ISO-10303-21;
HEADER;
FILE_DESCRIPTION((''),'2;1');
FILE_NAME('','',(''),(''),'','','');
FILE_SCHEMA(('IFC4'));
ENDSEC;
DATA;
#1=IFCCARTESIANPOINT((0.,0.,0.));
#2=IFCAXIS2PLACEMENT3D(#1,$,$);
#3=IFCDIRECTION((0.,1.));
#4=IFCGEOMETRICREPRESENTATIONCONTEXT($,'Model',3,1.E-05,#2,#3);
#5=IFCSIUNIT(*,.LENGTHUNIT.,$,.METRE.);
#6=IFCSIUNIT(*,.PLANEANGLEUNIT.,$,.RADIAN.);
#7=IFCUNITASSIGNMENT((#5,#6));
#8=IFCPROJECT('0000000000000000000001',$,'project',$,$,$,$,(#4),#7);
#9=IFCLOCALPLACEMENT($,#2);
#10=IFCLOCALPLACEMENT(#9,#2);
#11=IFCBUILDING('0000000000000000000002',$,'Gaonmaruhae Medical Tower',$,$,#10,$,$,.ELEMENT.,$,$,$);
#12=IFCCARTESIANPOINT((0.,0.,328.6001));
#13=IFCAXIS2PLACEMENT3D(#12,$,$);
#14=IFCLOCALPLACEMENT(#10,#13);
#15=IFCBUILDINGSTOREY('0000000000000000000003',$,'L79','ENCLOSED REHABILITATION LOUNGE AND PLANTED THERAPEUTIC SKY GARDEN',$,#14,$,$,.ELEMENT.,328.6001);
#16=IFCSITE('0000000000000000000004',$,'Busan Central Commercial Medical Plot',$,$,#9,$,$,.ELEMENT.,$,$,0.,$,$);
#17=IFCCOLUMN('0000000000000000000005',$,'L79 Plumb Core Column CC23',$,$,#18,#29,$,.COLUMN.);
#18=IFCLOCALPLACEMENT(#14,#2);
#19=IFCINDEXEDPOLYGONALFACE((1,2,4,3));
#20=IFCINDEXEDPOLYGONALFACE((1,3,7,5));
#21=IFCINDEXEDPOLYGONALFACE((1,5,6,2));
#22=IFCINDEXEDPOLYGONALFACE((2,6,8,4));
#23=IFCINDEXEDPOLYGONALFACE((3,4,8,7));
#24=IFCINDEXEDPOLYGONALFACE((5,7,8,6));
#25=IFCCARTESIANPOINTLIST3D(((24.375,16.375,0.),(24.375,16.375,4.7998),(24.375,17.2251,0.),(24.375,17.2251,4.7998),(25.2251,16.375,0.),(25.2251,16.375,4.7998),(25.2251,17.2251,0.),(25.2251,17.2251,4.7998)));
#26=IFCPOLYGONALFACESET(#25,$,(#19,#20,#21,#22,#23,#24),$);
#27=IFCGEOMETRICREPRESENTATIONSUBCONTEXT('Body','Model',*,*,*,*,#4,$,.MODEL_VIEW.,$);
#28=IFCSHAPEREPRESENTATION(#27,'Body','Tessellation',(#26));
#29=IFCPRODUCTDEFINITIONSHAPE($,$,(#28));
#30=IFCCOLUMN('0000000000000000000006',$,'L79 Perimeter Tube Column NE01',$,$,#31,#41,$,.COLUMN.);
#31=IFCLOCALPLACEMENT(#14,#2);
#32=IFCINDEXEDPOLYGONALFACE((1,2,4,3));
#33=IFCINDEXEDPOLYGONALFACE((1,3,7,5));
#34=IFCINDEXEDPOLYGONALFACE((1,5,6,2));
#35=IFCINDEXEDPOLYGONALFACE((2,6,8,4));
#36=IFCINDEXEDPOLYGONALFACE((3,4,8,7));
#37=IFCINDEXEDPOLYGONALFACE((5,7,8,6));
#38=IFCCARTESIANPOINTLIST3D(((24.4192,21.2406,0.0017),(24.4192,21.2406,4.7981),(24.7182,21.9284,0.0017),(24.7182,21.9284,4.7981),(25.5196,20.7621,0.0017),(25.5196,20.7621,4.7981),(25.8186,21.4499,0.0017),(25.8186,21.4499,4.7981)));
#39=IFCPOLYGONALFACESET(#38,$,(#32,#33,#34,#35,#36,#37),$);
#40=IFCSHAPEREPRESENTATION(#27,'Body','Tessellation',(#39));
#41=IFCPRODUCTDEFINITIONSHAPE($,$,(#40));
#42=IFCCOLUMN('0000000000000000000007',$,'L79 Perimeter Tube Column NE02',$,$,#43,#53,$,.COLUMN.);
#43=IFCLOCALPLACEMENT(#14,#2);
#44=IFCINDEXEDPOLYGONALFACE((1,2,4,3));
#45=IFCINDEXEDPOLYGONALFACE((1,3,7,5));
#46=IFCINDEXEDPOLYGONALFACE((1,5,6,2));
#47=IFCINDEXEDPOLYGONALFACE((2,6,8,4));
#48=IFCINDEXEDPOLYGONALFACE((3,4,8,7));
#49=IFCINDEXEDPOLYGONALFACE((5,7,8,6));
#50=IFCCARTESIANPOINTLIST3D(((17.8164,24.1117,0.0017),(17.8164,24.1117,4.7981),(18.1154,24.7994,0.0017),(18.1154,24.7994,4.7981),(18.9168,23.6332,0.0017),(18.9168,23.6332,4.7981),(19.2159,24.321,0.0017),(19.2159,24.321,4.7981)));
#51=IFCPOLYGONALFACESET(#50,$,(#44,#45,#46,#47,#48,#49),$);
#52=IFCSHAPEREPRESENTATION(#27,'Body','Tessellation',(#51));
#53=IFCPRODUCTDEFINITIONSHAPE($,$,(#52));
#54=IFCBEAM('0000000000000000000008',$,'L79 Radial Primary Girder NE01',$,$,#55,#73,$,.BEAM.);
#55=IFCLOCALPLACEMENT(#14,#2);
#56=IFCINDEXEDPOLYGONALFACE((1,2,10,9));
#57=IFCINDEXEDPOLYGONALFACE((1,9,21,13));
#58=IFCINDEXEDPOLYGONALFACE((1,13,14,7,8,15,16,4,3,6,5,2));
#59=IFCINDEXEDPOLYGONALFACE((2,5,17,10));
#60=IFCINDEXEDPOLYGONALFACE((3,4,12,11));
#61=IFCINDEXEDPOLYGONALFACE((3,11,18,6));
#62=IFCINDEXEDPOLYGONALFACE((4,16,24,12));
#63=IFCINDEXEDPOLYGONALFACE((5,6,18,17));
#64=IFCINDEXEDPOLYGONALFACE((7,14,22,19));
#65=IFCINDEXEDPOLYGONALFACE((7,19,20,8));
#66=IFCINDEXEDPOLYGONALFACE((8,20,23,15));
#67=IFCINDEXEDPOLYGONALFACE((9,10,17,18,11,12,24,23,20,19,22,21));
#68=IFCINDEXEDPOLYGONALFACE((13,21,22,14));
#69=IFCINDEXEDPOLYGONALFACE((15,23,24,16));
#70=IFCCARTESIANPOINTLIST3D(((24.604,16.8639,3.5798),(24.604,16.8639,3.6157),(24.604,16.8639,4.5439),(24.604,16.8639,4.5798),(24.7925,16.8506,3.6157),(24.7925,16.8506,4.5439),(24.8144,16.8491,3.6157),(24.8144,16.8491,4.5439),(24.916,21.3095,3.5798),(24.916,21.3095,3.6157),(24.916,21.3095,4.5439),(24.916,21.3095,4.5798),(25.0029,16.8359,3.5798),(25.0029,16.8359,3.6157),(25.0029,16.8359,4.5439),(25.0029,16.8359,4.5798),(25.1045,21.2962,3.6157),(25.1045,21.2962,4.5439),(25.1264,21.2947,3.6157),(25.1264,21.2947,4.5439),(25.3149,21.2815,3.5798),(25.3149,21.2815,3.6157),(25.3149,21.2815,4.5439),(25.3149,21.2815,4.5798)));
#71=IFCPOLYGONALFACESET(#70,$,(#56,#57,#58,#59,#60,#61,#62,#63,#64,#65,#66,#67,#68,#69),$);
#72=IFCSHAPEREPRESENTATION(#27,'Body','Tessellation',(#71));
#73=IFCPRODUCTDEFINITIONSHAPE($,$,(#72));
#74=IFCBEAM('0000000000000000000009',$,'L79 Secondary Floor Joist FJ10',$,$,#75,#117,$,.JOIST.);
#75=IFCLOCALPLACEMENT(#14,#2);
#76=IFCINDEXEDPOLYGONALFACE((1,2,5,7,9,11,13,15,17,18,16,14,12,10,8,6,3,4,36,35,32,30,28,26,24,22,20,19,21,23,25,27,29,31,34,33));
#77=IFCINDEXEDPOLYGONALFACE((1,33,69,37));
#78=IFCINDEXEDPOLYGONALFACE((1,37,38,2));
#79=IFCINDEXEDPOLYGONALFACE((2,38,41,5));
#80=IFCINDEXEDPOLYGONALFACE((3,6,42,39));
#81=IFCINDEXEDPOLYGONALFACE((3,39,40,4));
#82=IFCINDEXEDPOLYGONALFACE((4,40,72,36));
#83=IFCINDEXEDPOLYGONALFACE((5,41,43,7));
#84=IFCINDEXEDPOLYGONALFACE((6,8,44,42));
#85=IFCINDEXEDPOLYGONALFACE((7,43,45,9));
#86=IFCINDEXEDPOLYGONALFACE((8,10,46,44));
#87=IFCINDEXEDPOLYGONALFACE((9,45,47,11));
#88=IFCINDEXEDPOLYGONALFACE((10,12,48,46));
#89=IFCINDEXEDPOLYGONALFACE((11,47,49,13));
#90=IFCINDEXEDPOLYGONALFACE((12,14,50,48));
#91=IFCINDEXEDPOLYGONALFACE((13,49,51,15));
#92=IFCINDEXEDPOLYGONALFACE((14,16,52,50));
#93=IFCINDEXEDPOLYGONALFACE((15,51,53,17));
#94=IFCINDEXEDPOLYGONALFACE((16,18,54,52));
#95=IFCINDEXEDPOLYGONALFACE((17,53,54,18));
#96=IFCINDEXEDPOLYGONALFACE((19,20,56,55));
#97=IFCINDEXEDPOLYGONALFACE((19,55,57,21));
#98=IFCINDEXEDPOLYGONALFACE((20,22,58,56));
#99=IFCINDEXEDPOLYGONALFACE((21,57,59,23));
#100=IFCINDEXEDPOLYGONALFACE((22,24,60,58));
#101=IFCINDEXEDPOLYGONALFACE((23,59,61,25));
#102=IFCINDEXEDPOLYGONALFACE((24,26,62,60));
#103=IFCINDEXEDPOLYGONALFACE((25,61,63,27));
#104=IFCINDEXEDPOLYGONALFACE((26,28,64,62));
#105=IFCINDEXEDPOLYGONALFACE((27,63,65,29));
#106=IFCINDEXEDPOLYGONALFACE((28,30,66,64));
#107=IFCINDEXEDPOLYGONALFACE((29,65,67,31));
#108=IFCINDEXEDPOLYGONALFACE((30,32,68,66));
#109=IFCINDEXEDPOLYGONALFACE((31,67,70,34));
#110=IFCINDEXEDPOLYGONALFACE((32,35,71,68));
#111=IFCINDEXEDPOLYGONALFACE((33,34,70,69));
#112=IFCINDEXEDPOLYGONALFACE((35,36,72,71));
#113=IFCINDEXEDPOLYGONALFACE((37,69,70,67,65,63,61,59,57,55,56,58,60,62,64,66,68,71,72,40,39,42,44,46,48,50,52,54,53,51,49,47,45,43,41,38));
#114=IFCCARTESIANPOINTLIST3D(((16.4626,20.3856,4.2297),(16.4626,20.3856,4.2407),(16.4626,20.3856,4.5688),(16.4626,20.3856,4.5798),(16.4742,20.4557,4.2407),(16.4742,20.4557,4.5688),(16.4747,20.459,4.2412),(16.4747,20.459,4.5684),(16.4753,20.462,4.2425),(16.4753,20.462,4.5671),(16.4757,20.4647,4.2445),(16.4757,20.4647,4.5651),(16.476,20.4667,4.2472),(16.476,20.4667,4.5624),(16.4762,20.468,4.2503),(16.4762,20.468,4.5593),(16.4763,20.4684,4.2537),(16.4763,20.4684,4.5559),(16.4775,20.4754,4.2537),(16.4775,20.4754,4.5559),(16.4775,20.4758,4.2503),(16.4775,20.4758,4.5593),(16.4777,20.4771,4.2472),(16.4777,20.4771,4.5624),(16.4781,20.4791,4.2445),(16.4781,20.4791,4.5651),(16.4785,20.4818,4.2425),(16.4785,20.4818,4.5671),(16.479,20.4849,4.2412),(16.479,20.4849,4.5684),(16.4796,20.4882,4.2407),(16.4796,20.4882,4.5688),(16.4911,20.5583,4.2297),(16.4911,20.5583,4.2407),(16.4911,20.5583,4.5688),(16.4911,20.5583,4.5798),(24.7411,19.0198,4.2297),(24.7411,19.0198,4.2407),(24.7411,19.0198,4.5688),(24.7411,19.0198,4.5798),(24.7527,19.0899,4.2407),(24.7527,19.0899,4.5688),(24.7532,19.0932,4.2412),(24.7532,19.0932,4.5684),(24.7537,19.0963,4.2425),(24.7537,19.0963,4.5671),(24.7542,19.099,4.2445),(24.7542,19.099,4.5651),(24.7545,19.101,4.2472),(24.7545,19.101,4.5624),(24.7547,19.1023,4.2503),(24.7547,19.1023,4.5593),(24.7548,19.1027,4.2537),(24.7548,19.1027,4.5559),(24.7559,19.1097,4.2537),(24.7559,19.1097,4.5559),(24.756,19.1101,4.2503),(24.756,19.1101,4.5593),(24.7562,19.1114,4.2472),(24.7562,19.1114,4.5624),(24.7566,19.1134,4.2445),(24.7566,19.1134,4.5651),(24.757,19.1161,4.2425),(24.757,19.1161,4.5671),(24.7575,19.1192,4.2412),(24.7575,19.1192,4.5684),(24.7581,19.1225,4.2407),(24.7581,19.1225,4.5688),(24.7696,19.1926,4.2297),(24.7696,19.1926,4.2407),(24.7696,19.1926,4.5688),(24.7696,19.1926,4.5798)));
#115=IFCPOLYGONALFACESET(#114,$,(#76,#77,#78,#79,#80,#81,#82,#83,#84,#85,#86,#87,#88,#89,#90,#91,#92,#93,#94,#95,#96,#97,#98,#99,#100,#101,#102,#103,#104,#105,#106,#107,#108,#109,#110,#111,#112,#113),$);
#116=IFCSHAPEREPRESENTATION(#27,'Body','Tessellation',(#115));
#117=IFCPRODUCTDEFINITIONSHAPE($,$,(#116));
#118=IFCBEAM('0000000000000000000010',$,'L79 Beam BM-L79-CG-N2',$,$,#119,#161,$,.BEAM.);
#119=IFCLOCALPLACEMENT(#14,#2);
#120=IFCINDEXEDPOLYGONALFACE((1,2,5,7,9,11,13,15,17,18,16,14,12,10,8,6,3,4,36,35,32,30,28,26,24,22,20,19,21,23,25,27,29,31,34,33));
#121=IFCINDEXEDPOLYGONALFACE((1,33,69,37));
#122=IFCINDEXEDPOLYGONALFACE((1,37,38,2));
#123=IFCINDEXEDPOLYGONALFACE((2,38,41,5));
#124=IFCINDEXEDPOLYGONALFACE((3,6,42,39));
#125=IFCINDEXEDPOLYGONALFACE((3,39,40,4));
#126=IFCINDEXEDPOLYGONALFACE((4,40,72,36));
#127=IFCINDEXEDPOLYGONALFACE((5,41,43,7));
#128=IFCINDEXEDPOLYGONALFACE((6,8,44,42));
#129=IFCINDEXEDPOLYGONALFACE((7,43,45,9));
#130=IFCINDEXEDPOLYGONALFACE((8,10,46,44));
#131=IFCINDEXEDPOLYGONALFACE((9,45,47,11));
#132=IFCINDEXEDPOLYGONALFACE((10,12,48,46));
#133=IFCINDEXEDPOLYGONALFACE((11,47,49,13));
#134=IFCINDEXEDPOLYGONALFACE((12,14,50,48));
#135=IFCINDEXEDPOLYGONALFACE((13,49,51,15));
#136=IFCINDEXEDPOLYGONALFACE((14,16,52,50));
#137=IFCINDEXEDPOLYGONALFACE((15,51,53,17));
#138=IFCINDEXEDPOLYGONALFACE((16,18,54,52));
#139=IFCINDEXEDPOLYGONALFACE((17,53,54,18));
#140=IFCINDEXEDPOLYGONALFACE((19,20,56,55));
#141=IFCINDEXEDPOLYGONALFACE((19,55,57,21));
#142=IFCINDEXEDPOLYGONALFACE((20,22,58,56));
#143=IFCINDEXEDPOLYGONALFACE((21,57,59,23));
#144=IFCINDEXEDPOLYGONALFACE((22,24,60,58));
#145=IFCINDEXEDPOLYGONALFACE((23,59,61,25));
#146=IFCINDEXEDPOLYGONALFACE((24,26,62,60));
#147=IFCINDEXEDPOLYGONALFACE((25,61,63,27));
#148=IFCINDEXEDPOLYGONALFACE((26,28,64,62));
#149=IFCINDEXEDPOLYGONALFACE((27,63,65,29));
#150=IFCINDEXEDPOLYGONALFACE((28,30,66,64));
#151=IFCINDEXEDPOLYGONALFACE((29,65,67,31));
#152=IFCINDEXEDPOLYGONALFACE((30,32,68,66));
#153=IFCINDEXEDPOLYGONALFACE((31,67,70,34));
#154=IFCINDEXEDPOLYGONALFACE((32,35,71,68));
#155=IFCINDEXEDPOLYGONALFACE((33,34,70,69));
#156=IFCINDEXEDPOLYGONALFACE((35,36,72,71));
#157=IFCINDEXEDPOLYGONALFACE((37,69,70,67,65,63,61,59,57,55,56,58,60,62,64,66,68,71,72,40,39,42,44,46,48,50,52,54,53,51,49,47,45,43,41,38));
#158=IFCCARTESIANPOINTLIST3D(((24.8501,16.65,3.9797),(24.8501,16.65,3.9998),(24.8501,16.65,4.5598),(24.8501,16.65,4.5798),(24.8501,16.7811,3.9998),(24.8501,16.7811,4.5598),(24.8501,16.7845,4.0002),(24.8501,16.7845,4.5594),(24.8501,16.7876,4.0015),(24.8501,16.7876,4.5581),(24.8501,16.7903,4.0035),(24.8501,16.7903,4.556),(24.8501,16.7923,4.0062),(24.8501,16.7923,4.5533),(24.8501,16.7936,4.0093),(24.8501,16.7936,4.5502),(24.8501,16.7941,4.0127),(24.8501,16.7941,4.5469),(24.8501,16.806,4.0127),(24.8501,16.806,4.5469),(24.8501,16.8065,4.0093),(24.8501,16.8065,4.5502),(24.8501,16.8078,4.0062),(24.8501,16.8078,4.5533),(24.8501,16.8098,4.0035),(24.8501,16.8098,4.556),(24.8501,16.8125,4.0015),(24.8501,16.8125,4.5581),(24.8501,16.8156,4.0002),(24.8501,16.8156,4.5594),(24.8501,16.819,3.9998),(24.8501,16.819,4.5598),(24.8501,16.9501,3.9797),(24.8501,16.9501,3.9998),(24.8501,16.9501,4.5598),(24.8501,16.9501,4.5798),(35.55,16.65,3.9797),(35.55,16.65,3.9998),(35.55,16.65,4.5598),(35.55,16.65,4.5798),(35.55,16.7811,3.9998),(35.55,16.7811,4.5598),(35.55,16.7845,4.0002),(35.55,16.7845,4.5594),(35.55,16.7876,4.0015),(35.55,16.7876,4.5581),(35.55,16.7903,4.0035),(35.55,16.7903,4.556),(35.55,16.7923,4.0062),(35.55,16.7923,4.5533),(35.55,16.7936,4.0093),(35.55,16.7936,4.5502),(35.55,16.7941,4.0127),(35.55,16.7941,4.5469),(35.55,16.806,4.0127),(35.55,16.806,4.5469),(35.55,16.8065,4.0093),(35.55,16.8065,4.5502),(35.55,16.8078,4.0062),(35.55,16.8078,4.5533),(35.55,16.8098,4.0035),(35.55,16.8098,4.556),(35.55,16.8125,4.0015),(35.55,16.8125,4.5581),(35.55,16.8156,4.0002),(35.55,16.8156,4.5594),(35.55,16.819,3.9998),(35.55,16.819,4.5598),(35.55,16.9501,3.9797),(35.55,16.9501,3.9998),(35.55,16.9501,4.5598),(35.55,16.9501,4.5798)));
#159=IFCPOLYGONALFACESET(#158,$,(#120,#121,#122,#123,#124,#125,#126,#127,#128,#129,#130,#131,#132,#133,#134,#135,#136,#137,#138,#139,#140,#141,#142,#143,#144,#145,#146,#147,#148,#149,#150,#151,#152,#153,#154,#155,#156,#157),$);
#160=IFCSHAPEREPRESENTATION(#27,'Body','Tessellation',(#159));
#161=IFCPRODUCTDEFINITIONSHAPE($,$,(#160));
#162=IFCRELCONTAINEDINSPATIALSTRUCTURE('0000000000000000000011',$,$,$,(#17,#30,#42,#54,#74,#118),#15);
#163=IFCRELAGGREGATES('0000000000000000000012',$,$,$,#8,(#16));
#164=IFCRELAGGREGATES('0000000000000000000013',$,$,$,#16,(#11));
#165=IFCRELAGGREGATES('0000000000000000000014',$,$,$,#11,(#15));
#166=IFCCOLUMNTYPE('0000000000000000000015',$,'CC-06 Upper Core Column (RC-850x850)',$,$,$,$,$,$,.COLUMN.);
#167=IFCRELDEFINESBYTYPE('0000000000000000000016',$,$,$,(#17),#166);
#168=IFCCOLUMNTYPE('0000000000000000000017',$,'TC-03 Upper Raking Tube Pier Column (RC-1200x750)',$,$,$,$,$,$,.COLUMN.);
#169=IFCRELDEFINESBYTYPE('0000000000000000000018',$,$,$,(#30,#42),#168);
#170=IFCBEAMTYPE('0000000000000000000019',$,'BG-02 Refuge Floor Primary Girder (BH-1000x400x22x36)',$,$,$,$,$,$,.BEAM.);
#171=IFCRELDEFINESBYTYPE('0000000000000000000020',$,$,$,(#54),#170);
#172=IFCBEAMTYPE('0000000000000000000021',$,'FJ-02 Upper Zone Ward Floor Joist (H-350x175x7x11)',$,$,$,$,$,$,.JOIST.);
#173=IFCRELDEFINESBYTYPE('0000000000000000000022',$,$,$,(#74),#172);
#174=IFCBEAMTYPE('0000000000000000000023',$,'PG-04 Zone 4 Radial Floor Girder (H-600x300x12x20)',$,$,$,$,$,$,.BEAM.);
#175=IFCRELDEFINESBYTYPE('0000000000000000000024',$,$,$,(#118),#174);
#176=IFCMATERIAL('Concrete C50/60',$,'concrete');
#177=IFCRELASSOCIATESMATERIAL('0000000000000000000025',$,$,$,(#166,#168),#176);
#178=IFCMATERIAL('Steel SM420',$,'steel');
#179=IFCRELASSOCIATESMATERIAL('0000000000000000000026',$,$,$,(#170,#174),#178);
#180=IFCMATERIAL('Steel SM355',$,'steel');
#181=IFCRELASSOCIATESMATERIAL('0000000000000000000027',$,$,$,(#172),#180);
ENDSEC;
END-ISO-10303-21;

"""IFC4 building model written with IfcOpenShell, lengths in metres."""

from ifc_helpers import new_model, si_unit, direction, frame, origin, origin_2d, place, context, subcontext, project, spatial, rectangle, i_section, extrude, material, material_profile, profile_set, type_object, element, save


model = new_model("IFC4")

# Units and contexts
model_context = context("Model", 3, precision=1e-05, world=origin(), true_north=direction((0.0, 1.0)))
body_context = subcontext(model_context, "Body", "Model", "MODEL_VIEW")
ifc_project = project(units=[si_unit("LENGTHUNIT", "METRE"), si_unit("PLANEANGLEUNIT", "RADIAN")], contexts=[model_context])

# Site, building, storey
site_placement = place(None, origin())
site = spatial("IfcSite", under=ifc_project, at=site_placement, Name="Busan Central Commercial Medical Plot", CompositionType="ELEMENT", RefElevation=0.0)
building_placement = place(site_placement, origin())
building = spatial("IfcBuilding", under=site, at=building_placement, Name="Gaonmaruhae Medical Tower", CompositionType="ELEMENT")
storey_placement = place(building_placement, frame((0.0, 0.0, 328.6001)))
storey = spatial("IfcBuildingStorey", under=building, at=storey_placement, Name="L79", Description="ENCLOSED REHABILITATION LOUNGE AND PLANTED THERAPEUTIC SKY GARDEN", CompositionType="ELEMENT", Elevation=328.6001)

# Columns
ifc_material_1 = material(Name="Concrete C50/60", Category="concrete")
ifc_material_profile_1 = material_profile(ifc_material_1, rectangle(XDim=0.8501, YDim=0.8501, at=origin_2d()), Name="RC-850x850")
ifc_profile_set_1 = profile_set([ifc_material_profile_1], Name="Concrete C50/60")
column_type_1 = type_object("IfcColumnType", Name="CC-06 Upper Core Column (RC-850x850)", PredefinedType="COLUMN", material=ifc_profile_set_1)
column_placement = place(storey_placement, frame((24.8, 16.8, 0.0), z_axis=(0.0, 0.0, 1.0), x_axis=(1.0, 0.0, 0.0)))
element("IfcColumn", 1, at=column_placement, inside=storey, type_object=column_type_1, Name="L79 Plumb Core Column CC23", PredefinedType="COLUMN", context=body_context, shape_type="SweptSolid", body=[
    extrude(rectangle(XDim=0.8501, YDim=0.8501, at=origin_2d()), origin(), (0.0, 0.0, 1.0), 4.7998),
])
ifc_material_profile_2 = material_profile(ifc_material_1, rectangle(XDim=1.2, YDim=0.75, at=origin_2d()), Name="RC-1200x750")
ifc_profile_set_2 = profile_set([ifc_material_profile_2], Name="Concrete C50/60")
column_type_2 = type_object("IfcColumnType", Name="TC-03 Upper Raking Tube Pier Column (RC-1200x750)", PredefinedType="COLUMN", material=ifc_profile_set_2)
for number, where, z_axis, x_axis, name in (
    (2, (25.1189, 21.3452, 0.0017), (0.0, 0.0, 1.0), (-0.91706, 0.398749, 0.0), "L79 Perimeter Tube Column NE01"),
    (3, (18.5161, 24.2163, 0.0017), (0.0, 0.0, 1.0), (-0.91706, 0.398749, 0.0), "L79 Perimeter Tube Column NE02"),
):
    element("IfcColumn", number, at=place(storey_placement, frame(where, z_axis=z_axis, x_axis=x_axis)), inside=storey, type_object=column_type_2, Name=name, PredefinedType="COLUMN", context=body_context, shape_type="SweptSolid", body=[
        extrude(rectangle(XDim=1.2, YDim=0.75, at=origin_2d()), origin(), (0.0, 0.0, 1.0), 4.7964),
    ])

# Beams
ifc_material_2 = material(Name="Steel SM420", Category="steel")
ifc_material_profile_3 = material_profile(ifc_material_2, i_section(OverallWidth=0.3999, OverallDepth=1.0, WebThickness=0.022, FlangeThickness=0.0359, at=origin_2d()), Name="BH-1000x400x22x36")
ifc_profile_set_3 = profile_set([ifc_material_profile_3], Name="Steel SM420")
beam_type_1 = type_object("IfcBeamType", Name="BG-02 Refuge Floor Primary Girder (BH-1000x400x22x36)", PredefinedType="BEAM", material=ifc_profile_set_3)
beam_1_placement = place(storey_placement, frame((24.8035, 16.8499, 4.0798), z_axis=(0.070013, 0.997546, 0.0), x_axis=(-0.997546, 0.070013, 0.0)))
element("IfcBeam", 4, at=beam_1_placement, inside=storey, type_object=beam_type_1, Name="L79 Radial Primary Girder NE01", PredefinedType="BEAM", context=body_context, shape_type="SweptSolid", body=[
    extrude(i_section(OverallWidth=0.3999, OverallDepth=1.0, WebThickness=0.022, FlangeThickness=0.0359, at=origin_2d()), origin(), (0.0, 0.0, 1.0), 4.4565),
])
ifc_material_3 = material(Name="Steel SM355", Category="steel")
ifc_material_profile_4 = material_profile(ifc_material_3, i_section(OverallWidth=0.175, OverallDepth=0.3501, WebThickness=0.0071, FlangeThickness=0.011, FilletRadius=0.0129, at=origin_2d()), Name="H-350x175x7x11")
ifc_profile_set_4 = profile_set([ifc_material_profile_4], Name="Steel SM355")
beam_type_2 = type_object("IfcBeamType", Name="FJ-02 Upper Zone Ward Floor Joist (H-350x175x7x11)", PredefinedType="JOIST", material=ifc_profile_set_4)
beam_2_placement = place(storey_placement, frame((24.7554, 19.1062, 4.4048), z_axis=(-0.986664, 0.162771, 0.0), x_axis=(-0.162771, -0.986664, 0.0)))
element("IfcBeam", 5, at=beam_2_placement, inside=storey, type_object=beam_type_2, Name="L79 Secondary Floor Joist FJ10", PredefinedType="JOIST", context=body_context, shape_type="SweptSolid", body=[
    extrude(i_section(OverallWidth=0.175, OverallDepth=0.3501, WebThickness=0.0071, FlangeThickness=0.011, FilletRadius=0.0129, at=origin_2d()), origin(), (0.0, 0.0, 1.0), 8.3904),
])
ifc_material_profile_5 = material_profile(ifc_material_2, i_section(OverallWidth=0.3, OverallDepth=0.6001, WebThickness=0.012, FlangeThickness=0.02, FilletRadius=0.0129, at=origin_2d()), Name="H-600x300x12x20")
ifc_profile_set_5 = profile_set([ifc_material_profile_5], Name="Steel SM420")
beam_type_3 = type_object("IfcBeamType", Name="PG-04 Zone 4 Radial Floor Girder (H-600x300x12x20)", PredefinedType="BEAM", material=ifc_profile_set_5)
beam_3_placement = place(storey_placement, frame((24.8501, 16.8, 4.2798), z_axis=(1.0, 0.0, 0.0), x_axis=(0.0, 1.0, 0.0)))
element("IfcBeam", 6, at=beam_3_placement, inside=storey, type_object=beam_type_3, Name="L79 Beam BM-L79-CG-N2", PredefinedType="BEAM", context=body_context, shape_type="SweptSolid", body=[
    extrude(i_section(OverallWidth=0.3, OverallDepth=0.6001, WebThickness=0.012, FlangeThickness=0.02, FilletRadius=0.0129, at=origin_2d()), origin(), (0.0, 0.0, 1.0), 10.7),
])

save(model, "model.ifc")
